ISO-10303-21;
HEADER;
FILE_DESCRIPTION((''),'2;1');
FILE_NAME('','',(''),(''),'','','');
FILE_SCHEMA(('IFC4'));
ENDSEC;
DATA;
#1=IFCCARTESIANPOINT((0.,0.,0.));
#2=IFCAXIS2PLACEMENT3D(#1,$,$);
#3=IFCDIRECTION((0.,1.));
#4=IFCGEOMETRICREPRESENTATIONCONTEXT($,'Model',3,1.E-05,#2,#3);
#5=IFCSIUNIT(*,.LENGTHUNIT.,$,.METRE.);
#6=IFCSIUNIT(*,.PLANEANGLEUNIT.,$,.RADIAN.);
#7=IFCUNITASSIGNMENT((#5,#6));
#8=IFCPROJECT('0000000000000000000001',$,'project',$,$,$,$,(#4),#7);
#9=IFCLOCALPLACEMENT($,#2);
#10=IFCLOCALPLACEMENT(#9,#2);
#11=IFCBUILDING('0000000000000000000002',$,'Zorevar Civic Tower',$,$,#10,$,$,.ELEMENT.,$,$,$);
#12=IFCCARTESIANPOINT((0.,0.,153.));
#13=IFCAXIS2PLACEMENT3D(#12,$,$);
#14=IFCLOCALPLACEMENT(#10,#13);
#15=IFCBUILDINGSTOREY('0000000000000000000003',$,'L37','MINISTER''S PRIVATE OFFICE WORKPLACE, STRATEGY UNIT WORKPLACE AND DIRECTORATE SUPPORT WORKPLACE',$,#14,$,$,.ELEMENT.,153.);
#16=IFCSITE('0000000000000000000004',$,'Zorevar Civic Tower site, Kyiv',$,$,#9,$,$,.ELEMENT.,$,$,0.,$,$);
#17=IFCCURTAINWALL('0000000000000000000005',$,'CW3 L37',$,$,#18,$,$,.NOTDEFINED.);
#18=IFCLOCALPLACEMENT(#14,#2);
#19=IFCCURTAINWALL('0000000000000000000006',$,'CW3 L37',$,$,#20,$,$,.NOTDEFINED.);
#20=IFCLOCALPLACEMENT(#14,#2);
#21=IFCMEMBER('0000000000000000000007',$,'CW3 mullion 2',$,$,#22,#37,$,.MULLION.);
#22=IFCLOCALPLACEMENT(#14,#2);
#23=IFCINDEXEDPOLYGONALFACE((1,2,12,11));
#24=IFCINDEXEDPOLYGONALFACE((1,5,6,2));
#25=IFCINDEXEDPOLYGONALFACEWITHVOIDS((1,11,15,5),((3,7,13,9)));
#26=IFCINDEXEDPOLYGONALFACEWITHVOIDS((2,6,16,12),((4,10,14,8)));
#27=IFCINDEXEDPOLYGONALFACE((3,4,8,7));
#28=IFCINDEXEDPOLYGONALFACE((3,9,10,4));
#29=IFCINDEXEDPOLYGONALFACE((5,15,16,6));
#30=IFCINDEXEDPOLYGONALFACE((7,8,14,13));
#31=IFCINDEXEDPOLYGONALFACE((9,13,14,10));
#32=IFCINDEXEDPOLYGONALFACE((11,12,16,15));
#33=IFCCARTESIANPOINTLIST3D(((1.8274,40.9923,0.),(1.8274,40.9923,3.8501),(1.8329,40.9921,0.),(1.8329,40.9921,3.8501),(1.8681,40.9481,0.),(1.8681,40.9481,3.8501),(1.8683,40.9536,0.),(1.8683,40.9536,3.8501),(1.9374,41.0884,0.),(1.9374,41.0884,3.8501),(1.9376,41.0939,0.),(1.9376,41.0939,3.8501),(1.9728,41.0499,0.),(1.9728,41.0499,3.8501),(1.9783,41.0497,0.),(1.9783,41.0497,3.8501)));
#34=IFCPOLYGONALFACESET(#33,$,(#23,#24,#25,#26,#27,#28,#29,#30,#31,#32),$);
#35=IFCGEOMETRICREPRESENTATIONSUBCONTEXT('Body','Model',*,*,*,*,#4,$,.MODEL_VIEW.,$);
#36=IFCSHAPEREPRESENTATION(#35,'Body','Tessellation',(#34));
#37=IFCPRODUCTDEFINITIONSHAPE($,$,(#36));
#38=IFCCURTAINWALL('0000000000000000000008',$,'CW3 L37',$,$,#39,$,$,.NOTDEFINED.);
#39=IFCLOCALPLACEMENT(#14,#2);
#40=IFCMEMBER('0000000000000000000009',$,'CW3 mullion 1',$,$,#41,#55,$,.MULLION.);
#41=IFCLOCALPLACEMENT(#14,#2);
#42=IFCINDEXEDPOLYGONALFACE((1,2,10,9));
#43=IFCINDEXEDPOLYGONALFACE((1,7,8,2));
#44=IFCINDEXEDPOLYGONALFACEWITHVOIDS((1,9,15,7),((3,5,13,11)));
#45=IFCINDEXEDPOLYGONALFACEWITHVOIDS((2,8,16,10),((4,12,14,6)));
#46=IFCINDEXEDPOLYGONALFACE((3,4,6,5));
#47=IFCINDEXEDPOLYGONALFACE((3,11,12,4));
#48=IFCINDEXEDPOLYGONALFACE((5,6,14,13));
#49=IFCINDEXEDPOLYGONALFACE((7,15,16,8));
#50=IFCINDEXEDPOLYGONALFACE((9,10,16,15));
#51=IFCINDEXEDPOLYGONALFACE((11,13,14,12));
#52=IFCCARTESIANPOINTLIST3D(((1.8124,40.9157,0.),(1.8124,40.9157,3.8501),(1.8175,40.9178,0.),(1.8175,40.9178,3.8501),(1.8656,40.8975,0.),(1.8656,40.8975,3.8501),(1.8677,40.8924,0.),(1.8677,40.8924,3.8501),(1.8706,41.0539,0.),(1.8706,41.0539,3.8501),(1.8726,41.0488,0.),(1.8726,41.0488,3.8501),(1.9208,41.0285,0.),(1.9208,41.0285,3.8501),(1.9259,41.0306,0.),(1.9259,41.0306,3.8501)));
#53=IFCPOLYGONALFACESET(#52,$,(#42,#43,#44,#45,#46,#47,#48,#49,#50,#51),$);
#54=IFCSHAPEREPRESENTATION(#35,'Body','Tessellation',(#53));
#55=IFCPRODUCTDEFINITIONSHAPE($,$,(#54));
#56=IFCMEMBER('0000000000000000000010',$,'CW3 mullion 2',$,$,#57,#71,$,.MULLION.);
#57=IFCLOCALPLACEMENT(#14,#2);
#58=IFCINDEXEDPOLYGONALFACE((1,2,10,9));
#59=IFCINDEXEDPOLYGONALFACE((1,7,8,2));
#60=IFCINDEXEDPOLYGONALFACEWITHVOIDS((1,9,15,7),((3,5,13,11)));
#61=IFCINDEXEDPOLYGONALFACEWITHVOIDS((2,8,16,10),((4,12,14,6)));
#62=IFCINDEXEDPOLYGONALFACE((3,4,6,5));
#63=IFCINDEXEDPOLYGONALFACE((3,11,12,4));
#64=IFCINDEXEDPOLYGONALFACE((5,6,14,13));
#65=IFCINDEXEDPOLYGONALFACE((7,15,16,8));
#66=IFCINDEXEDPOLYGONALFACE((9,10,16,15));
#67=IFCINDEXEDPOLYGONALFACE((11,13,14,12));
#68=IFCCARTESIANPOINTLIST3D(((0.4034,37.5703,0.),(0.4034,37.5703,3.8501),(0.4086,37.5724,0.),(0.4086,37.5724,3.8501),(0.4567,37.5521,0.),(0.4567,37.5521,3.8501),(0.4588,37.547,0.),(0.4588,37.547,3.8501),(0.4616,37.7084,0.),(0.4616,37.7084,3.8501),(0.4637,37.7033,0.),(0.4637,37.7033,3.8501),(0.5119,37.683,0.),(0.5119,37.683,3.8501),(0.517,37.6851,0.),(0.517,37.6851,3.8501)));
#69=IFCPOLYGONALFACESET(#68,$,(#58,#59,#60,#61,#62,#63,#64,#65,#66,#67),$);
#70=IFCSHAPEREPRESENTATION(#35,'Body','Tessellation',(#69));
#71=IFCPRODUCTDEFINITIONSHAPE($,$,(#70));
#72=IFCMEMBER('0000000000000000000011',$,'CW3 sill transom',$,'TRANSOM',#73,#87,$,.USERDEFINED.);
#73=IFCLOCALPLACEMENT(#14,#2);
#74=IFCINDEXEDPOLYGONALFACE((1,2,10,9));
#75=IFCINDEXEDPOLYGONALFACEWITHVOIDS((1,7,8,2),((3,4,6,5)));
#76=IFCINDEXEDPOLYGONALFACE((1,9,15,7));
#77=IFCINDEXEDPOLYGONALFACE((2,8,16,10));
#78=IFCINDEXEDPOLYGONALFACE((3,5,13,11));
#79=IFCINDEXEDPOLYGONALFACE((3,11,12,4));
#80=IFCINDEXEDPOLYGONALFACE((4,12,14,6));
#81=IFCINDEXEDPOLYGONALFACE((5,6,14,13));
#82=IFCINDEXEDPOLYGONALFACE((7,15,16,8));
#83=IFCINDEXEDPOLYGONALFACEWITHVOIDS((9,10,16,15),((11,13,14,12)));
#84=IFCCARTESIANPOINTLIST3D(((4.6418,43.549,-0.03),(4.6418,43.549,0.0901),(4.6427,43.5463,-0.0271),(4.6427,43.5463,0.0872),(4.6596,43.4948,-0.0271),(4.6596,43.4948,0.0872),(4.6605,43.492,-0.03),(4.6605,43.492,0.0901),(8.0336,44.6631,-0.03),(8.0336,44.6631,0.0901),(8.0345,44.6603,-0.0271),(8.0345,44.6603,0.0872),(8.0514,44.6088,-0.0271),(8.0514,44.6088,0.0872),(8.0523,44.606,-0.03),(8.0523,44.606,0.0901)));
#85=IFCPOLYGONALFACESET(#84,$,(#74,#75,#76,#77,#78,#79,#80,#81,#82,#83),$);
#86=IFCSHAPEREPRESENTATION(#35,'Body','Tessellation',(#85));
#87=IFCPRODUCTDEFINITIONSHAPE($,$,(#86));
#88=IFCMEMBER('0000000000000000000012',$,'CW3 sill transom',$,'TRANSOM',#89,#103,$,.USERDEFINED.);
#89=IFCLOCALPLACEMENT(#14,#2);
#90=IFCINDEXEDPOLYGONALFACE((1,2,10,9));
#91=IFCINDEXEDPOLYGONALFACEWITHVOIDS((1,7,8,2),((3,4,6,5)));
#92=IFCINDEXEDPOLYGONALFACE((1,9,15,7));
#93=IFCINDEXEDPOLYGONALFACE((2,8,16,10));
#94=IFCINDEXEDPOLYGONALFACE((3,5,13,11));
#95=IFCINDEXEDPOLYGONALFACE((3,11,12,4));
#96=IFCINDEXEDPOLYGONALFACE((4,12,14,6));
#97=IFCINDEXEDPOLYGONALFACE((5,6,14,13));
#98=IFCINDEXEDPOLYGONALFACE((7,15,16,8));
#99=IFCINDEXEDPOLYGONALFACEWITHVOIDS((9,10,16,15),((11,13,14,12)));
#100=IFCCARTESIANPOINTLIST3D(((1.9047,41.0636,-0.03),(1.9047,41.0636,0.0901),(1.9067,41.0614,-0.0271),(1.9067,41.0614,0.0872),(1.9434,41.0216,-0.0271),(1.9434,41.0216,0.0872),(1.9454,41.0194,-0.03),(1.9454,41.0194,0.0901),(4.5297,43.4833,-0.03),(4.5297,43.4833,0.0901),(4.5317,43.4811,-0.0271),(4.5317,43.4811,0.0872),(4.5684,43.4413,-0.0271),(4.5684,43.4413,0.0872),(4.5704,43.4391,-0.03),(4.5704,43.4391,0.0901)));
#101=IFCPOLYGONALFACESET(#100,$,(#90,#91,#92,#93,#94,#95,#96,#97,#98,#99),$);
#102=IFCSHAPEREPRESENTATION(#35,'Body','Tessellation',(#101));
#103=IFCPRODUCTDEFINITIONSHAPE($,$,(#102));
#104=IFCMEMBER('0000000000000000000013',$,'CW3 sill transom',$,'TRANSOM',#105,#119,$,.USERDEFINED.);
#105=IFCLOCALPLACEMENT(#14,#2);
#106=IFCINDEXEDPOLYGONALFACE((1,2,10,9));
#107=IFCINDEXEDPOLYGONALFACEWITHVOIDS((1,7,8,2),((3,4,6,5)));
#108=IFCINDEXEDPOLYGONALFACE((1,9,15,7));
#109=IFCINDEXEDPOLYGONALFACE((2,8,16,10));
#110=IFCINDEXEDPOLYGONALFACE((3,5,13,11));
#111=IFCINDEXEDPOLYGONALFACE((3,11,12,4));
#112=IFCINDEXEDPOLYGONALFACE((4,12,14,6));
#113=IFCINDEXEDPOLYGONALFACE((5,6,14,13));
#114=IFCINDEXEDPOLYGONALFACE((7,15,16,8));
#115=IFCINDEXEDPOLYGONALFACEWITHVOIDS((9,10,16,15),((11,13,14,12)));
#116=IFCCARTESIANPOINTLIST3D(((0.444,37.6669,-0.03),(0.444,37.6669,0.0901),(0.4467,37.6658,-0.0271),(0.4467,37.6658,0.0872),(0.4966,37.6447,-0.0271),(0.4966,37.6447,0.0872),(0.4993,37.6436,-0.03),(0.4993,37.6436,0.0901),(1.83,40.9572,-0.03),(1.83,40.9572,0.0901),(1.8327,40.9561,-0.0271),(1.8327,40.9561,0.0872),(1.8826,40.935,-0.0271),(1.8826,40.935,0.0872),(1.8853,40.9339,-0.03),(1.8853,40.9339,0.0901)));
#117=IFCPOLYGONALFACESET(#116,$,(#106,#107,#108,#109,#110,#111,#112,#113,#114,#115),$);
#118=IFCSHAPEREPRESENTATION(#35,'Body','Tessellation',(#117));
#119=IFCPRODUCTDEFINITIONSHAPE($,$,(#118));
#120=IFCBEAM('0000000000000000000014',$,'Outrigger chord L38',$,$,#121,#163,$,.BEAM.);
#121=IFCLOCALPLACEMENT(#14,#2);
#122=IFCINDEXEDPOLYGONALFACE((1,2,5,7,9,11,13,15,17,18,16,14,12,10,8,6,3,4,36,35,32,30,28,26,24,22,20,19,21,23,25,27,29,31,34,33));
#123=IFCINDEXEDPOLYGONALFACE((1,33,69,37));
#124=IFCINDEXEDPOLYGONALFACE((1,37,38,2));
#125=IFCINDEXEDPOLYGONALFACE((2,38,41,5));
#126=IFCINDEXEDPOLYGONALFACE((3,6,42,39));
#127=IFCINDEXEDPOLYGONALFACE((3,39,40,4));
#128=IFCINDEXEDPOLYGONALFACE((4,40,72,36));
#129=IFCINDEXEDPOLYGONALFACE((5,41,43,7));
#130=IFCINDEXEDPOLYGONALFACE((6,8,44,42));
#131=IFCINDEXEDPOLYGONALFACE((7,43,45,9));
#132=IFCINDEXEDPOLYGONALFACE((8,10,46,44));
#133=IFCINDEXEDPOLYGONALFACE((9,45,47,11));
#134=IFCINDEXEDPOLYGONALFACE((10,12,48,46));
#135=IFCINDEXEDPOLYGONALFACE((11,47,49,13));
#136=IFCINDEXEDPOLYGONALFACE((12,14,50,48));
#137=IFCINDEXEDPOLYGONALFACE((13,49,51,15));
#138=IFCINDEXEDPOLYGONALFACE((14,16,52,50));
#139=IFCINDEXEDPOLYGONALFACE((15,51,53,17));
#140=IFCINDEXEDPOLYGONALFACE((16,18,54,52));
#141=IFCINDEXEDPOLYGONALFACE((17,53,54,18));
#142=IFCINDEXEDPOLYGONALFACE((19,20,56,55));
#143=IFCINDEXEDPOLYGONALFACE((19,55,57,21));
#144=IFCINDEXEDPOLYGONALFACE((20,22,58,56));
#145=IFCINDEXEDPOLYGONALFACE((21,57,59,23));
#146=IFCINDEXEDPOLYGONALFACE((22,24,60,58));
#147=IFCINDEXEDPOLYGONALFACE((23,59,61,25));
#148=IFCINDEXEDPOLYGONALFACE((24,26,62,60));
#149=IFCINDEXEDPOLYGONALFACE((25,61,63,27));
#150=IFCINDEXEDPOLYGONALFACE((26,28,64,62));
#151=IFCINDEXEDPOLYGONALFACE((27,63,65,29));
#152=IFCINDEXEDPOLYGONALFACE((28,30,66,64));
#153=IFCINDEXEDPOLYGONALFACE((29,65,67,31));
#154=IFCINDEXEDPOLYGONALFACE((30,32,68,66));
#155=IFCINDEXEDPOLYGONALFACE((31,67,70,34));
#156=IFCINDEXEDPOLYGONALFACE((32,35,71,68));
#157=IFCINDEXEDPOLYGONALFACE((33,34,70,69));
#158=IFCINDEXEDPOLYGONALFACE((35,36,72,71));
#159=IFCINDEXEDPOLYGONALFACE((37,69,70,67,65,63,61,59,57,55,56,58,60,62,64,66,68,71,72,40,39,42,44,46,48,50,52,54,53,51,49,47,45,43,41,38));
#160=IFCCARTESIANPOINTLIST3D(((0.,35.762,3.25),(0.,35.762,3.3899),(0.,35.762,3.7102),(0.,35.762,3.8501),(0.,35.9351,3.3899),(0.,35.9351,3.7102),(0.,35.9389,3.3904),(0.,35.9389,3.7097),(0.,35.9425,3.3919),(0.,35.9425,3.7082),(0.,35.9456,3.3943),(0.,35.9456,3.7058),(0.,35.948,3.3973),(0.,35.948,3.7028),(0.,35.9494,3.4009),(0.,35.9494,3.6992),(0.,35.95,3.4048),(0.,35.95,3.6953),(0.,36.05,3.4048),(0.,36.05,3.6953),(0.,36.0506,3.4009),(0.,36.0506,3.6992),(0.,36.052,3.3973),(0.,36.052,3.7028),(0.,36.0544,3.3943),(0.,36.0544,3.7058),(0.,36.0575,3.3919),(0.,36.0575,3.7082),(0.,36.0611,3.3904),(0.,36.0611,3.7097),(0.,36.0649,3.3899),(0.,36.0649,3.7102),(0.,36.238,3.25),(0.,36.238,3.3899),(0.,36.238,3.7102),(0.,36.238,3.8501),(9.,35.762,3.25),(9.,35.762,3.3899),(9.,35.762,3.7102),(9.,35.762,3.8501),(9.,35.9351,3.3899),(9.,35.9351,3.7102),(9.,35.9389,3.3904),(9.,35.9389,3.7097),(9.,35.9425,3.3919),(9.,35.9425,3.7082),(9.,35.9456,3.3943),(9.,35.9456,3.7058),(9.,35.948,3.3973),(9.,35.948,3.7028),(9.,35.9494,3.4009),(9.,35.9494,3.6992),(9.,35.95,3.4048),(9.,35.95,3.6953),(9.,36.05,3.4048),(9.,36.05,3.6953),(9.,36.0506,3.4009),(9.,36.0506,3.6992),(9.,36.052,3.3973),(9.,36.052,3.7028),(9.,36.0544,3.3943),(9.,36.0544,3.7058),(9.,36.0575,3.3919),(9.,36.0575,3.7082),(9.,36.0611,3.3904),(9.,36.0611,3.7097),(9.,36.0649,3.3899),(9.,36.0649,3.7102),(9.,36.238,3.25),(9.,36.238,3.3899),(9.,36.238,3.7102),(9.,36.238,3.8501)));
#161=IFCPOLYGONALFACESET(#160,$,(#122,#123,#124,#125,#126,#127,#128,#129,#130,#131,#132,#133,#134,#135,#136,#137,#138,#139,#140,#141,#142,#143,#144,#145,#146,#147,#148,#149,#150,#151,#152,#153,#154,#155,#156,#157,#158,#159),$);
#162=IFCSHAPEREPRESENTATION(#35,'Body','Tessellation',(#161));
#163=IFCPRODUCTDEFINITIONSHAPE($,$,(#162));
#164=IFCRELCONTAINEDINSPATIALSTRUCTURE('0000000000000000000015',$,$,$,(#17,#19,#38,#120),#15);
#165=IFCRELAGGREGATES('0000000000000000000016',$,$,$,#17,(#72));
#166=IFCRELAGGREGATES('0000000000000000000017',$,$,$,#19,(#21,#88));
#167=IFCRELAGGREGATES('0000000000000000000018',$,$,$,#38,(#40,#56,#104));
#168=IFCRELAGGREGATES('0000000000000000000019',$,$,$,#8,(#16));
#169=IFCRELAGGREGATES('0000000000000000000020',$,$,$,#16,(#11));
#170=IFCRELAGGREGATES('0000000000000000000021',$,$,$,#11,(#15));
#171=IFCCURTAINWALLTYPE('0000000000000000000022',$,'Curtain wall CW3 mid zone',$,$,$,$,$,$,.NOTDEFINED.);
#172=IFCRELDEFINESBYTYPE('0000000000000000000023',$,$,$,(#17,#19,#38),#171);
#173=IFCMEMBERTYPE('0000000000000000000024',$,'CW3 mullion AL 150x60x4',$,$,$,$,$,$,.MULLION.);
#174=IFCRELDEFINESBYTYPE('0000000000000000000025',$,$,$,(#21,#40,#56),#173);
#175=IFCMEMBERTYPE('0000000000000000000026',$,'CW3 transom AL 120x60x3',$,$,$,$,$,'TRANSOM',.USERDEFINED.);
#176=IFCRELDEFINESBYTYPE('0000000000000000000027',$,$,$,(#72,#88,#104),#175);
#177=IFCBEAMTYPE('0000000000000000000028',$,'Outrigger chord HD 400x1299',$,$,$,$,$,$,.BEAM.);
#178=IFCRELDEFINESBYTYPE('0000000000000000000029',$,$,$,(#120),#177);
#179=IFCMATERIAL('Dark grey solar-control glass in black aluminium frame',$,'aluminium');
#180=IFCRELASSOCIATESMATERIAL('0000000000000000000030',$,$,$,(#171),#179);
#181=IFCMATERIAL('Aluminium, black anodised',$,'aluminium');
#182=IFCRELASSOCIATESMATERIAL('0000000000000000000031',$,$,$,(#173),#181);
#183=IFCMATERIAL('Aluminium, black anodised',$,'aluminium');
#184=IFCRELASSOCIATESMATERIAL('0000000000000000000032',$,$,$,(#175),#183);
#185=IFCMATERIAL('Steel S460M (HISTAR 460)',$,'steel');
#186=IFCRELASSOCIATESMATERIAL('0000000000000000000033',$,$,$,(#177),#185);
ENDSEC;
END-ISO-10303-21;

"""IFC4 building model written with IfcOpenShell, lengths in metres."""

from ifc_helpers import new_model, si_unit, direction, frame, origin, origin_2d, place, context, subcontext, project, spatial, hollow_rectangle, i_section, extrude, material, material_profile, profile_set, type_object, element, aggregate, save


model = new_model("IFC4")

# Units and contexts
model_context = context("Model", 3, precision=1e-05, world=origin(), true_north=direction((0.0, 1.0)))
body_context = subcontext(model_context, "Body", "Model", "MODEL_VIEW")
ifc_project = project(units=[si_unit("LENGTHUNIT", "METRE"), si_unit("PLANEANGLEUNIT", "RADIAN")], contexts=[model_context])

# Site, building, storey
site_placement = place(None, origin())
site = spatial("IfcSite", under=ifc_project, at=site_placement, Name="Zorevar Civic Tower site, Kyiv", CompositionType="ELEMENT", RefElevation=0.0)
building_placement = place(site_placement, origin())
building = spatial("IfcBuilding", under=site, at=building_placement, Name="Zorevar Civic Tower", CompositionType="ELEMENT")
storey_placement = place(building_placement, frame((0.0, 0.0, 153.0)))
storey = spatial("IfcBuildingStorey", under=building, at=storey_placement, Name="L37", Description="MINISTER'S PRIVATE OFFICE WORKPLACE, STRATEGY UNIT WORKPLACE AND DIRECTORATE SUPPORT WORKPLACE", CompositionType="ELEMENT", Elevation=153.0)

# Shared definitions
ifc_material_1 = material(Name="Dark grey solar-control glass in black aluminium frame", Category="aluminium")
curtain_wall_type = type_object("IfcCurtainWallType", Name="Curtain wall CW3 mid zone", PredefinedType="NOTDEFINED", material=ifc_material_1)
ifc_material_2 = material(Name="Aluminium, black anodised", Category="aluminium")
ifc_material_profile_1 = material_profile(ifc_material_2, hollow_rectangle(XDim=0.0601, YDim=0.1499, WallThickness=0.0039, at=origin_2d()), Name="AL 150x60x4")
ifc_profile_set_1 = profile_set([ifc_material_profile_1], Name="Aluminium, black anodised")
member_type_1 = type_object("IfcMemberType", Name="CW3 mullion AL 150x60x4", PredefinedType="MULLION", material=ifc_profile_set_1)

# Curtain walls, members
curtain_wall_1_placement = place(storey_placement, origin())
curtain_wall_1 = element("IfcCurtainWall", 1, at=curtain_wall_1_placement, inside=storey, type_object=curtain_wall_type, Name="CW3 L37", PredefinedType="NOTDEFINED")
curtain_wall_2_placement = place(storey_placement, origin())
curtain_wall_2 = element("IfcCurtainWall", 2, at=curtain_wall_2_placement, inside=storey, type_object=curtain_wall_type, Name="CW3 L37", PredefinedType="NOTDEFINED")
member_1_placement = place(storey_placement, frame((1.9028, 41.021, 0.0), z_axis=(0.0, 0.0, 1.0), x_axis=(0.677777, -0.735267, 0.0)))
member_1 = element("IfcMember", 3, at=member_1_placement, type_object=member_type_1, Name="CW3 mullion 2", PredefinedType="MULLION", context=body_context, shape_type="SweptSolid", body=[
    extrude(hollow_rectangle(XDim=0.0601, YDim=0.1499, WallThickness=0.0039, at=origin_2d()), origin(), (0.0, 0.0, 1.0), 3.8501),
])
curtain_wall_3_placement = place(storey_placement, origin())
curtain_wall_3 = element("IfcCurtainWall", 4, at=curtain_wall_3_placement, inside=storey, type_object=curtain_wall_type, Name="CW3 L37", PredefinedType="NOTDEFINED")
member_2_placement = place(storey_placement, frame((1.8691, 40.9731, 0.0), z_axis=(0.0, 0.0, 1.0), x_axis=(0.921582, -0.388184, 0.0)))
member_2 = element("IfcMember", 5, at=member_2_placement, type_object=member_type_1, Name="CW3 mullion 1", PredefinedType="MULLION", context=body_context, shape_type="SweptSolid", body=[
    extrude(hollow_rectangle(XDim=0.0601, YDim=0.1499, WallThickness=0.0039, at=origin_2d()), origin(), (0.0, 0.0, 1.0), 3.8501),
])
member_3_placement = place(storey_placement, frame((0.4602, 37.6277, 0.0), z_axis=(0.0, 0.0, 1.0), x_axis=(0.921582, -0.388184, 0.0)))
member_3 = element("IfcMember", 6, at=member_3_placement, type_object=member_type_1, Name="CW3 mullion 2", PredefinedType="MULLION", context=body_context, shape_type="SweptSolid", body=[
    extrude(hollow_rectangle(XDim=0.0601, YDim=0.1499, WallThickness=0.0039, at=origin_2d()), origin(), (0.0, 0.0, 1.0), 3.8501),
])

# Members
ifc_material_3 = material(Name="Aluminium, black anodised", Category="aluminium")
ifc_material_profile_2 = material_profile(ifc_material_3, hollow_rectangle(XDim=0.0601, YDim=0.1201, WallThickness=0.0029, at=origin_2d()), Name="AL 120x60x3")
ifc_profile_set_2 = profile_set([ifc_material_profile_2], Name="Aluminium, black anodised")
member_type_2 = type_object("IfcMemberType", Name="CW3 transom AL 120x60x3", ElementType="TRANSOM", PredefinedType="USERDEFINED", material=ifc_profile_set_2)
member_4_placement = place(storey_placement, frame((8.043, 44.6345, 0.03), z_axis=(-0.950069, -0.31204, 0.0), x_axis=(0.31204, -0.950069, 0.0)))
member_4 = element("IfcMember", 7, at=member_4_placement, type_object=member_type_2, Name="CW3 sill transom", ObjectType="TRANSOM", PredefinedType="USERDEFINED", context=body_context, shape_type="SweptSolid", body=[
    extrude(hollow_rectangle(XDim=0.0601, YDim=0.1201, WallThickness=0.0029, at=origin_2d()), origin(), (0.0, 0.0, 1.0), 3.5701),
])
member_5_placement = place(storey_placement, frame((4.55, 43.4612, 0.03), z_axis=(-0.735278, -0.677766, 0.0), x_axis=(0.677766, -0.735278, 0.0)))
member_5 = element("IfcMember", 8, at=member_5_placement, type_object=member_type_2, Name="CW3 sill transom", ObjectType="TRANSOM", PredefinedType="USERDEFINED", context=body_context, shape_type="SweptSolid", body=[
    extrude(hollow_rectangle(XDim=0.0601, YDim=0.1201, WallThickness=0.0029, at=origin_2d()), origin(), (0.0, 0.0, 1.0), 3.5701),
])
member_6_placement = place(storey_placement, frame((1.8577, 40.9456, 0.03), z_axis=(-0.388201, -0.921575, 0.0), x_axis=(0.921575, -0.388201, 0.0)))
member_6 = element("IfcMember", 9, at=member_6_placement, type_object=member_type_2, Name="CW3 sill transom", ObjectType="TRANSOM", PredefinedType="USERDEFINED", context=body_context, shape_type="SweptSolid", body=[
    extrude(hollow_rectangle(XDim=0.0601, YDim=0.1201, WallThickness=0.0029, at=origin_2d()), origin(), (0.0, 0.0, 1.0), 3.5703),
])

# Beam
ifc_material_4 = material(Name="Steel S460M (HISTAR 460)", Category="steel")
ifc_material_profile_3 = material_profile(ifc_material_4, i_section(OverallWidth=0.4761, OverallDepth=0.6001, WebThickness=0.1001, FlangeThickness=0.1399, FilletRadius=0.0149, at=origin_2d()), Name="HD 400x1299")
ifc_profile_set_3 = profile_set([ifc_material_profile_3], Name="Steel S460M (HISTAR 460)")
beam_type_1 = type_object("IfcBeamType", Name="Outrigger chord HD 400x1299", PredefinedType="BEAM", material=ifc_profile_set_3)
beam_1_placement = place(storey_placement, frame((0.0, 36.0, 3.55), z_axis=(1.0, 0.0, 0.0), x_axis=(0.0, 1.0, 0.0)))
element("IfcBeam", 10, at=beam_1_placement, inside=storey, type_object=beam_type_1, Name="Outrigger chord L38", PredefinedType="BEAM", context=body_context, shape_type="SweptSolid", body=[
    extrude(i_section(OverallWidth=0.4761, OverallDepth=0.6001, WebThickness=0.1001, FlangeThickness=0.1399, FilletRadius=0.0149, at=origin_2d()), origin(), (0.0, 0.0, 1.0), 9.0),
])

aggregate(curtain_wall_1, [member_4])
aggregate(curtain_wall_2, [member_1, member_5])
aggregate(curtain_wall_3, [member_2, member_3, member_6])

save(model, "model.ifc")
